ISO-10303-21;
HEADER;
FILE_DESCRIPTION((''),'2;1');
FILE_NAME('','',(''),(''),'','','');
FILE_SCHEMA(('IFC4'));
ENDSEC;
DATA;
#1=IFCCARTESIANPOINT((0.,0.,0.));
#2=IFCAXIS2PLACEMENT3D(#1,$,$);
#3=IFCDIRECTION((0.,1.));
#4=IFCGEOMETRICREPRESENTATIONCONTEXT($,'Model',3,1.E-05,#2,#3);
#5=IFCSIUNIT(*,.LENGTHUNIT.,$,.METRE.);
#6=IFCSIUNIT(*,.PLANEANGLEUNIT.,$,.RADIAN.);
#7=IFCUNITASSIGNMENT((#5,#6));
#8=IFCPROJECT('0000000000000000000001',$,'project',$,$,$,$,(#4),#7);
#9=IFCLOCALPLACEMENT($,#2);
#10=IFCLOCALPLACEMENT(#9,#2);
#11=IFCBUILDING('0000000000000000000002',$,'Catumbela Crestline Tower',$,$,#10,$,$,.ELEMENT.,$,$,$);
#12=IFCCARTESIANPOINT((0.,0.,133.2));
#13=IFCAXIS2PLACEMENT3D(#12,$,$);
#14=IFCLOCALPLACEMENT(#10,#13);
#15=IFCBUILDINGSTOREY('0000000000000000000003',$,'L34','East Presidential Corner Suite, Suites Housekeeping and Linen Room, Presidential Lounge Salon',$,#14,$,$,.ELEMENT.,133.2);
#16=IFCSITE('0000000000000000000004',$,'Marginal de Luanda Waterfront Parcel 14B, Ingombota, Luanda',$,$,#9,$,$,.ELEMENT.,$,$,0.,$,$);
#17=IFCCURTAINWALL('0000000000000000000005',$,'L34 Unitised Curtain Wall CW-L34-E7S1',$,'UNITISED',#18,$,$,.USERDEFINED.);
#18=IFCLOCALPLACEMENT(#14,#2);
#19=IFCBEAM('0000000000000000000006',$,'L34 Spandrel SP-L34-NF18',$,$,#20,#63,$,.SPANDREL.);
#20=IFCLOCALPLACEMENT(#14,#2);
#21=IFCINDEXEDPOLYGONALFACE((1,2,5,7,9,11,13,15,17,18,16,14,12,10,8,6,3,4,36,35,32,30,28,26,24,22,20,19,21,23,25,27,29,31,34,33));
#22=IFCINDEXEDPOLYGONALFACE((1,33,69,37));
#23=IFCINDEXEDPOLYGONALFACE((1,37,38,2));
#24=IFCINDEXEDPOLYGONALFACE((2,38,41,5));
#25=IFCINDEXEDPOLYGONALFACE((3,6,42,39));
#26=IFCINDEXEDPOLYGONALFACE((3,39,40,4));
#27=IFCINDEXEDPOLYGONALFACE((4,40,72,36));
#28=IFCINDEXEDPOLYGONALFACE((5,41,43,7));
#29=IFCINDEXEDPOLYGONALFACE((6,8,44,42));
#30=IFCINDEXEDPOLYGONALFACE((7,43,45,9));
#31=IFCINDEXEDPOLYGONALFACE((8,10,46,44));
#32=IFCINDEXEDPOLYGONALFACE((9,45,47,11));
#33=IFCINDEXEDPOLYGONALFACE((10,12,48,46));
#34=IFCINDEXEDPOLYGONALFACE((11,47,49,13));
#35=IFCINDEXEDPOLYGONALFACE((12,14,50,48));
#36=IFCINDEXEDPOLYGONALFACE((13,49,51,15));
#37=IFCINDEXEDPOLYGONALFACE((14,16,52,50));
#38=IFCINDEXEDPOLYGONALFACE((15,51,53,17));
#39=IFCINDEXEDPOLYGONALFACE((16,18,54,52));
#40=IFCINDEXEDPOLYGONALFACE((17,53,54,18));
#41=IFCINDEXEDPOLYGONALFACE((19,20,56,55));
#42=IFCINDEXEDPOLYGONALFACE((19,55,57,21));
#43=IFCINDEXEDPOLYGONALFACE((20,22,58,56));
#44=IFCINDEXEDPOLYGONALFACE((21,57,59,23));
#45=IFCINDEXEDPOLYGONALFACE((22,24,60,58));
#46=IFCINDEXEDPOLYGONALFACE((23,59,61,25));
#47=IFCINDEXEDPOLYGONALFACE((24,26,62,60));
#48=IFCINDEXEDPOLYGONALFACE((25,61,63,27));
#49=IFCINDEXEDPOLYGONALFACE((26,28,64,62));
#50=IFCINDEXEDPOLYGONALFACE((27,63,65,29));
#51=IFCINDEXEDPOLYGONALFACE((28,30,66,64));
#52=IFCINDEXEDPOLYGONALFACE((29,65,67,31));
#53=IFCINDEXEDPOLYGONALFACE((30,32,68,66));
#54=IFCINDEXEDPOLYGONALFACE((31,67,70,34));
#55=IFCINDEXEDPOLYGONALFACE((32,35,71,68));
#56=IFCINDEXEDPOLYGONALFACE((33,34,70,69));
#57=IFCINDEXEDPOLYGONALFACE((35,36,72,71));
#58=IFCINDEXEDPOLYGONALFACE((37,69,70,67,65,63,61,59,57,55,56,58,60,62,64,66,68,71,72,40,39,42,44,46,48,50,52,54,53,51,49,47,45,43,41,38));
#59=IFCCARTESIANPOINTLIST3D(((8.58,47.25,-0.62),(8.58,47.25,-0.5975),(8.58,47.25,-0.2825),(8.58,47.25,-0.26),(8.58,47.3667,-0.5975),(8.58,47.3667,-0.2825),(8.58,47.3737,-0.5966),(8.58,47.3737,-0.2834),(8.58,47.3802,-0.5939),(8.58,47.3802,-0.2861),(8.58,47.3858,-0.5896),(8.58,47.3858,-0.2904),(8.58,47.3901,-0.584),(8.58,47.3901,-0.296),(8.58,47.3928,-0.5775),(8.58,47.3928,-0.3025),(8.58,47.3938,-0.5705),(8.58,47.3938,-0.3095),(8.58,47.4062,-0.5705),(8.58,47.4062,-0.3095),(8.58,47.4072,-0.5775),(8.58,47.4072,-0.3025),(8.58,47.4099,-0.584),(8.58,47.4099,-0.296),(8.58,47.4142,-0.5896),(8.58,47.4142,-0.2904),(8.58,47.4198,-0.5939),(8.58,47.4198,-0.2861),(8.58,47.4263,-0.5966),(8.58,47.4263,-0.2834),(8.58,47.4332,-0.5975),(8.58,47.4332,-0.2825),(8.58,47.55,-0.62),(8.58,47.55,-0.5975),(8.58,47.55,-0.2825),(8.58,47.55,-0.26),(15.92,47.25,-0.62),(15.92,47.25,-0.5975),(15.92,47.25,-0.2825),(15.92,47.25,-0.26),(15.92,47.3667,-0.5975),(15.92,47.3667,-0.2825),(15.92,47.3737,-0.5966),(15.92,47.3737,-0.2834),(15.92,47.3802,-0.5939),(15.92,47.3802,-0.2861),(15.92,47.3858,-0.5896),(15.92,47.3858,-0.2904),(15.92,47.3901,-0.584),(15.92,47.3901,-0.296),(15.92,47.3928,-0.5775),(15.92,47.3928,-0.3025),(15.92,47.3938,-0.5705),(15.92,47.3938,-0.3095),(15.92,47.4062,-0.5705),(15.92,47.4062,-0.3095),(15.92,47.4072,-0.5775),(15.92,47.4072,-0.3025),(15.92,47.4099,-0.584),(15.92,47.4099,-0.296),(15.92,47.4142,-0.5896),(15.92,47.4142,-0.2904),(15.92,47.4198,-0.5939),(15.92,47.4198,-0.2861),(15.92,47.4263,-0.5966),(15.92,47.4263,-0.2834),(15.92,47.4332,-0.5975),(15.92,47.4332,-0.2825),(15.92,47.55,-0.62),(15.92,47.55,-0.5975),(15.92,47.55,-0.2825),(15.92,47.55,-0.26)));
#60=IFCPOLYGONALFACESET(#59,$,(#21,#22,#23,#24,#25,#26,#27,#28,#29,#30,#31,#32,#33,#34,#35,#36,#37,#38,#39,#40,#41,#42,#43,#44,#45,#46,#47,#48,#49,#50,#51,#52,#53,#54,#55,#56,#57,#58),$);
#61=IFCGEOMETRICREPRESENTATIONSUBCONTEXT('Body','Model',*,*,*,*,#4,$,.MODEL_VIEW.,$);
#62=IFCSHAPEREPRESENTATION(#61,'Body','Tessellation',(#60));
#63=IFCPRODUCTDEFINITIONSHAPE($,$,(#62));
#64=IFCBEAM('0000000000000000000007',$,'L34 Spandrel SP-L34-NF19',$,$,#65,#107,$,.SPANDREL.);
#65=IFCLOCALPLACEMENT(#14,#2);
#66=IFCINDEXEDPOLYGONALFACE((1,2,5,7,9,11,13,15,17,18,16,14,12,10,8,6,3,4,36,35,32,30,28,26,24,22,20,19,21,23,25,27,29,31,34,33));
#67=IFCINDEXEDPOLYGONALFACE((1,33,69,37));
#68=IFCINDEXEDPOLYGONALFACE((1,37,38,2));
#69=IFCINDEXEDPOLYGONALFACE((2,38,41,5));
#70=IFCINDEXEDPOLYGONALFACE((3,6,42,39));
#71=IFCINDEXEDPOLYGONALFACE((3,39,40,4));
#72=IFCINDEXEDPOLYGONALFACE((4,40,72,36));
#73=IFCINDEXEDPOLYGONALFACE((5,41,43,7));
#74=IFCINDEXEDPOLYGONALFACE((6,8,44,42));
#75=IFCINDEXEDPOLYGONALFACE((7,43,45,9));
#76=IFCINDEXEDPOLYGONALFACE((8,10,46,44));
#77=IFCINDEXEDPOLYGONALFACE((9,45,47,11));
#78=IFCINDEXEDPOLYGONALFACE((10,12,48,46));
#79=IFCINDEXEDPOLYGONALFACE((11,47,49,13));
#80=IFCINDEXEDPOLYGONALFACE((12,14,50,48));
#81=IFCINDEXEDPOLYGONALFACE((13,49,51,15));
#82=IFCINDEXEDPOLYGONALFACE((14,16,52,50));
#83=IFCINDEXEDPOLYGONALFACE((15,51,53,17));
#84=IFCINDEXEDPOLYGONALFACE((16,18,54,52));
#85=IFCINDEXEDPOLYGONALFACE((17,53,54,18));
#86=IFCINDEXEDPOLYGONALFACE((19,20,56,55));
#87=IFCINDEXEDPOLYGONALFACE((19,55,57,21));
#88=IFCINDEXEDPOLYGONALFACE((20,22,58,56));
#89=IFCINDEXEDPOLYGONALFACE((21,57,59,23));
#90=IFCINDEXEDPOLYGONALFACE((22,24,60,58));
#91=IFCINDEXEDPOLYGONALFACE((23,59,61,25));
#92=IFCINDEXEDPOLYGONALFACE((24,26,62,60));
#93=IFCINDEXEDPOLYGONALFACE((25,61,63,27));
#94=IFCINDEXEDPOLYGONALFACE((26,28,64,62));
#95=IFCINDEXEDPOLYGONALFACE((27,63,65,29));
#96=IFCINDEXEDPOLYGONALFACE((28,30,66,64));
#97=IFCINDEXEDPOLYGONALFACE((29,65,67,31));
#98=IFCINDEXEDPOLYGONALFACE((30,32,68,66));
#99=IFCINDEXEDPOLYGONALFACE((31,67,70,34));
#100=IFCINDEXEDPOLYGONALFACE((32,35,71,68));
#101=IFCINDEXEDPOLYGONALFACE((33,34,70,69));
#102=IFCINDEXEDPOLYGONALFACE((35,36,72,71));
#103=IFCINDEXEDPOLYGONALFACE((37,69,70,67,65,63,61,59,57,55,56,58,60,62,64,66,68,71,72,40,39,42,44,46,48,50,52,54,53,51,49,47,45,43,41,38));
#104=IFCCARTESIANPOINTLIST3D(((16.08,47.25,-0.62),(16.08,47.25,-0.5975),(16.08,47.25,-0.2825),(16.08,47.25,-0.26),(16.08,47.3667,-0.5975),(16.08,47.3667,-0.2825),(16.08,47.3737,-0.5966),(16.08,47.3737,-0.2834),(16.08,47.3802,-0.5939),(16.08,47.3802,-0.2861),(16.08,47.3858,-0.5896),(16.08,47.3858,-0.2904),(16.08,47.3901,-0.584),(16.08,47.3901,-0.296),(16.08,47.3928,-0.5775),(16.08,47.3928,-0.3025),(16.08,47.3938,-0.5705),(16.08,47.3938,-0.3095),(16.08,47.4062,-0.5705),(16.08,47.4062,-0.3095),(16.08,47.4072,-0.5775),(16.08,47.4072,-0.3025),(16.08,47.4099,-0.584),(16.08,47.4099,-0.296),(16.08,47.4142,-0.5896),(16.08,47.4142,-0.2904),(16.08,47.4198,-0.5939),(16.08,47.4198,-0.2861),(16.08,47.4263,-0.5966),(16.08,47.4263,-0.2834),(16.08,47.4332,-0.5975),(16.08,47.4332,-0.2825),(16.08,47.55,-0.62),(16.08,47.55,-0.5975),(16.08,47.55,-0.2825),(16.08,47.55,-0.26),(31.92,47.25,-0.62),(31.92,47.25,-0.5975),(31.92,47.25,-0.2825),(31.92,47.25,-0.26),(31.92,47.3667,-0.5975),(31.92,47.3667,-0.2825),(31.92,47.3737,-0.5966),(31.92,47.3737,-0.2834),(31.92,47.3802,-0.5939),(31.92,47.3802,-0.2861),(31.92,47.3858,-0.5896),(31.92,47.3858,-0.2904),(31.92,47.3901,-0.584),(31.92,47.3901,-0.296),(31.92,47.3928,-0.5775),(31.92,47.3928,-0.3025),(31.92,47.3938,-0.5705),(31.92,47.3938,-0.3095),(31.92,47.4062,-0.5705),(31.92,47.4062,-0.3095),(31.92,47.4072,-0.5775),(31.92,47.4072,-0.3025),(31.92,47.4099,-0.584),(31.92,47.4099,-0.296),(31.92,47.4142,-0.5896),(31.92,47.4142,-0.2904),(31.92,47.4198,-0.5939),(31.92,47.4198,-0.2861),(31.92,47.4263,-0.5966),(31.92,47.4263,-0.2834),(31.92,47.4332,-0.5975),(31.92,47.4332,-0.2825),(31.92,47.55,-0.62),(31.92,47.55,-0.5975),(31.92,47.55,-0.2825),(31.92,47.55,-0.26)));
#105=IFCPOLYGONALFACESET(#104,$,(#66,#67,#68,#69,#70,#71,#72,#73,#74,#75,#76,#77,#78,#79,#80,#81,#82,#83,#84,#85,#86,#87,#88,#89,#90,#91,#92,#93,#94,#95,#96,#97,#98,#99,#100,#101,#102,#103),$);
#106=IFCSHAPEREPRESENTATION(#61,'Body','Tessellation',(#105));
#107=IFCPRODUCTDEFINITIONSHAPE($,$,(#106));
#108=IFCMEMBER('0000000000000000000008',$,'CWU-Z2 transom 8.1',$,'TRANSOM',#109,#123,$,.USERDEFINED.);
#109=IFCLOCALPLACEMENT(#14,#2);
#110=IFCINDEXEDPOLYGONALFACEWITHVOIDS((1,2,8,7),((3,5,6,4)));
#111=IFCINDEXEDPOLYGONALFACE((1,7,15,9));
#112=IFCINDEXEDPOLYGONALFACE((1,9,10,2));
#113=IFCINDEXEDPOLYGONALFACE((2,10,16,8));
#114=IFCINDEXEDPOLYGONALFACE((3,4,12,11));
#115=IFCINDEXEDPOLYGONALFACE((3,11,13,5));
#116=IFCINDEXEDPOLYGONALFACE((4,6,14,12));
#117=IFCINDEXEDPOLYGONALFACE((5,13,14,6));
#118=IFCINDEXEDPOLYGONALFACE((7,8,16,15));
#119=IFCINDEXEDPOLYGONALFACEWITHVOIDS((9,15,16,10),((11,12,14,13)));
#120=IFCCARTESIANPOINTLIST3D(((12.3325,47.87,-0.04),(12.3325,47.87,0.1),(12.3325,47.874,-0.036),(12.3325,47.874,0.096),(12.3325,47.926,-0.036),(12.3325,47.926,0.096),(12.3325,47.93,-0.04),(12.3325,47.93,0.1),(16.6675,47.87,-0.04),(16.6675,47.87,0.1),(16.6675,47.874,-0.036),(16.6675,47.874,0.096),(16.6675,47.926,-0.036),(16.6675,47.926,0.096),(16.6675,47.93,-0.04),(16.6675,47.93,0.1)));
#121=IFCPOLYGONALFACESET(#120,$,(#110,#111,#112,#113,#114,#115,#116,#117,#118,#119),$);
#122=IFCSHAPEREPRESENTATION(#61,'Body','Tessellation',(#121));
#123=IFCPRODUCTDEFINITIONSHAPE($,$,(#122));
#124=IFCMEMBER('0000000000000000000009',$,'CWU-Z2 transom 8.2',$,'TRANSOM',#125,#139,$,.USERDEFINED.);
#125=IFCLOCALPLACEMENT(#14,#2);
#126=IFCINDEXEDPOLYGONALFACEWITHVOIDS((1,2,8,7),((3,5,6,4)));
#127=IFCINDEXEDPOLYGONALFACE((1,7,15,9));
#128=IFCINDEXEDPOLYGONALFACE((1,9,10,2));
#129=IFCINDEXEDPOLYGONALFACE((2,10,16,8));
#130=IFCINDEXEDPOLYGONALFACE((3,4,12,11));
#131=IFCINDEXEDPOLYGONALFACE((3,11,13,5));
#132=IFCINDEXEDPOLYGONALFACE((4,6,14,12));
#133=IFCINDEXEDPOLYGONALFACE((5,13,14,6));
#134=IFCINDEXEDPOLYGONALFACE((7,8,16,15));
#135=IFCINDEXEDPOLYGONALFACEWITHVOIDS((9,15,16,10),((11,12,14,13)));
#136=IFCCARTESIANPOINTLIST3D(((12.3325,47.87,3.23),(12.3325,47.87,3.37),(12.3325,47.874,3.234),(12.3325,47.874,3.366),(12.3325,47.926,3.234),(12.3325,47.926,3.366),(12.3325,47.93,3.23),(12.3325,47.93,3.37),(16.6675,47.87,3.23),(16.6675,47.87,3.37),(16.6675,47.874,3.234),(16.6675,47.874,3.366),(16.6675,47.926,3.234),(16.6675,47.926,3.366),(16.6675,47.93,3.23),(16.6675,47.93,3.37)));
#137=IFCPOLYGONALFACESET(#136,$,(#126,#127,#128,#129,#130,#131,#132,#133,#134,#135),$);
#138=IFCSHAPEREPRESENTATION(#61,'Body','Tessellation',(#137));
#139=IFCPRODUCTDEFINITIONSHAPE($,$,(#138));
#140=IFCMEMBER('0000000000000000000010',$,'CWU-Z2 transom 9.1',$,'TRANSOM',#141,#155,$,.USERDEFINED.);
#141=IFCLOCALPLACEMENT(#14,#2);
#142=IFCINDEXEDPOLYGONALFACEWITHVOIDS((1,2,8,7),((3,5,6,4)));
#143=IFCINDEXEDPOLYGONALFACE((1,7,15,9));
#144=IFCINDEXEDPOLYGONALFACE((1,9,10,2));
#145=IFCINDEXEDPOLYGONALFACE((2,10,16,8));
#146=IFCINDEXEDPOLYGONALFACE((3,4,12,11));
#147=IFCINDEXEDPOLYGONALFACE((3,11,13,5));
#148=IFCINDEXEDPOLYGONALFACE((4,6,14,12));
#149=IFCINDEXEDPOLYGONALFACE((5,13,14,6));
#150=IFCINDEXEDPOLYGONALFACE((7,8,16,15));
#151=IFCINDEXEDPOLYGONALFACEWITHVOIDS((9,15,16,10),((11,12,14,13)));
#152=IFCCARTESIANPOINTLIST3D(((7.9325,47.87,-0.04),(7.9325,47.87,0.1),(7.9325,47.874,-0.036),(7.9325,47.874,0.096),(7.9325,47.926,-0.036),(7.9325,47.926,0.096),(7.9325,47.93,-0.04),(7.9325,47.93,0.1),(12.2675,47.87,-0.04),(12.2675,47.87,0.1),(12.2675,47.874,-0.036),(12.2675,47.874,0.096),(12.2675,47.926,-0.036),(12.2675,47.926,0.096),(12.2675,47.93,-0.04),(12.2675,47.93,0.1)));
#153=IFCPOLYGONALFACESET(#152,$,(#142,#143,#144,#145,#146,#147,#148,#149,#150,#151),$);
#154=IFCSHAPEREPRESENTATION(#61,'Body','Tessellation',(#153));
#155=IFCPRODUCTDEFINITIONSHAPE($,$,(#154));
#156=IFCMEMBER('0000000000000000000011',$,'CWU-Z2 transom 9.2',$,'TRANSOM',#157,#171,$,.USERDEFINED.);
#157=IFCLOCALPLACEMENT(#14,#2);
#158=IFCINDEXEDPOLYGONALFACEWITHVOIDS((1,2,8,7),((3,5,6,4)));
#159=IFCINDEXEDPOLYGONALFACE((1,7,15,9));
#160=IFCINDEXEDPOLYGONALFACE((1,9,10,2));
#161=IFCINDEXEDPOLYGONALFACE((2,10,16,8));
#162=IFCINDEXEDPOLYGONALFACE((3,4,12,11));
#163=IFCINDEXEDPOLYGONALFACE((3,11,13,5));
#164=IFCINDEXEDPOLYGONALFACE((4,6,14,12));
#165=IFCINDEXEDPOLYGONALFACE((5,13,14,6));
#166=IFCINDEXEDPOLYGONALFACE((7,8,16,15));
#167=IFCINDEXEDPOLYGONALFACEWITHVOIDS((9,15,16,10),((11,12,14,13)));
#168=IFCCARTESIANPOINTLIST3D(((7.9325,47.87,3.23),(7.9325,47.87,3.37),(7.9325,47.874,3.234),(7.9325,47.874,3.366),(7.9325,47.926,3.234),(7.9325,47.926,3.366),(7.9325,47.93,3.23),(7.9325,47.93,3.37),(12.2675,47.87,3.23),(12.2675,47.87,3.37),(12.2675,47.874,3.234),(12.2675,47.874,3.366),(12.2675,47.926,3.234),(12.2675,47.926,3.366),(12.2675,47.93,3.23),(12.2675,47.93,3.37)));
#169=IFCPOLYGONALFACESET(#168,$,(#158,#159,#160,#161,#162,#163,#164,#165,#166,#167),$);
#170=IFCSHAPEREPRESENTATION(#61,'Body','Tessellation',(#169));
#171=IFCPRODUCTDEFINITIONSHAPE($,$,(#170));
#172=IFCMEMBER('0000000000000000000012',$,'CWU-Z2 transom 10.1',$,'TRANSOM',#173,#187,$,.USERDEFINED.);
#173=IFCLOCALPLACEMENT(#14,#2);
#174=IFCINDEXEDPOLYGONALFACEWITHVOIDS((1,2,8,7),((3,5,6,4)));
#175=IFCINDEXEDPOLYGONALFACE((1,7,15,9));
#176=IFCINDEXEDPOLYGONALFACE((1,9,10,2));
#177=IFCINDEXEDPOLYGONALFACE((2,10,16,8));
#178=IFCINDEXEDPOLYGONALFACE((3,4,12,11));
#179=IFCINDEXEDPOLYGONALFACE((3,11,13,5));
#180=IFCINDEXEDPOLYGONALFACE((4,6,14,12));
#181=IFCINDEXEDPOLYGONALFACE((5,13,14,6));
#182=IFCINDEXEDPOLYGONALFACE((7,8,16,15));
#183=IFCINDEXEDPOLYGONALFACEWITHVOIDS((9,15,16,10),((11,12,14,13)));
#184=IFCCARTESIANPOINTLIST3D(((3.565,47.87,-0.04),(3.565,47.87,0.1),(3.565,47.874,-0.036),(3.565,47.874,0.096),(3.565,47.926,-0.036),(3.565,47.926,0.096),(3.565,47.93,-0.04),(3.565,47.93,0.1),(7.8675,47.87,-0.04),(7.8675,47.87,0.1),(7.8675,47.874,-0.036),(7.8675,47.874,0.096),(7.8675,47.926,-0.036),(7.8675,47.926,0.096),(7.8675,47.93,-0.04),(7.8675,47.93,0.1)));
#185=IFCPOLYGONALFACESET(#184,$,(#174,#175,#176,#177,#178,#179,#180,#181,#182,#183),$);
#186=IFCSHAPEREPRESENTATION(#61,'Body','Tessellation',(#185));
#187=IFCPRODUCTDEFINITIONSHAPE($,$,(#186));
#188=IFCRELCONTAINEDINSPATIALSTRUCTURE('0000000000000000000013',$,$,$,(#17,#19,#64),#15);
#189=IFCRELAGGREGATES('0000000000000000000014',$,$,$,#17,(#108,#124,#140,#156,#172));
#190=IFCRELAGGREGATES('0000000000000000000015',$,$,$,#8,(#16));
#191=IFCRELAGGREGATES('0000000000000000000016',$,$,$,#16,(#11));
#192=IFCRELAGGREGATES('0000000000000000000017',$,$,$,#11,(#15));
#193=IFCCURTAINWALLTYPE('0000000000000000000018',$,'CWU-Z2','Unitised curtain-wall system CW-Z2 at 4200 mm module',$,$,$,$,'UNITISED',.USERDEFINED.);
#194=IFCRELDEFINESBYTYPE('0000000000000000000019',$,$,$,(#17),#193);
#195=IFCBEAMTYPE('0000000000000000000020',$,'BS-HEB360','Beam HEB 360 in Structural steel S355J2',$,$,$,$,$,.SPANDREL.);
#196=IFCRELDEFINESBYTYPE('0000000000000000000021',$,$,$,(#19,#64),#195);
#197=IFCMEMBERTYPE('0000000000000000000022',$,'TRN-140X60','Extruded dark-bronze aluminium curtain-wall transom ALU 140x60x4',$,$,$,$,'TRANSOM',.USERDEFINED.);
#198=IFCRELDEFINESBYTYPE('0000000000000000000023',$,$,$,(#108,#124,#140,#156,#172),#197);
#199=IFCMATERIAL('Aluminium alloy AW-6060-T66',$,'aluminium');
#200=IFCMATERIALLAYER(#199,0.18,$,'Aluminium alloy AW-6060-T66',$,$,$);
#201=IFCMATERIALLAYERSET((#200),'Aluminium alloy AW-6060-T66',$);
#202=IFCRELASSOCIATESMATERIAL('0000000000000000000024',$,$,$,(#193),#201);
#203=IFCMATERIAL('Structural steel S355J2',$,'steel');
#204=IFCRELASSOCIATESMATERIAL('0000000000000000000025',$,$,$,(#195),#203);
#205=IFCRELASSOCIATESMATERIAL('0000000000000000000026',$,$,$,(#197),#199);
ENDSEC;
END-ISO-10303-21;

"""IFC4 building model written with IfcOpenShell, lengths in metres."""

from ifc_helpers import new_model, si_unit, direction, frame, origin, origin_2d, place, context, subcontext, project, spatial, hollow_rectangle, i_section, extrude, material, layer, layer_set, material_profile, profile_set, type_object, element, aggregate, save


model = new_model("IFC4")

# Units and contexts
model_context = context("Model", 3, precision=1e-05, world=origin(), true_north=direction((0.0, 1.0)))
body_context = subcontext(model_context, "Body", "Model", "MODEL_VIEW")
ifc_project = project(units=[si_unit("LENGTHUNIT", "METRE"), si_unit("PLANEANGLEUNIT", "RADIAN")], contexts=[model_context])

# Site, building, storey
site_placement = place(None, origin())
site = spatial("IfcSite", under=ifc_project, at=site_placement, Name="Marginal de Luanda Waterfront Parcel 14B, Ingombota, Luanda", CompositionType="ELEMENT", RefElevation=0.0)
building_placement = place(site_placement, origin())
building = spatial("IfcBuilding", under=site, at=building_placement, Name="Catumbela Crestline Tower", CompositionType="ELEMENT")
storey_placement = place(building_placement, frame((0.0, 0.0, 133.2)))
storey = spatial("IfcBuildingStorey", under=building, at=storey_placement, Name="L34", Description="East Presidential Corner Suite, Suites Housekeeping and Linen Room, Presidential Lounge Salon", CompositionType="ELEMENT", Elevation=133.2)

# Curtain wall
ifc_material_1 = material(Name="Aluminium alloy AW-6060-T66", Category="aluminium")
ifc_layer_1 = layer(ifc_material_1, 0.18, Name="Aluminium alloy AW-6060-T66")
ifc_layer_set_1 = layer_set([ifc_layer_1], Name="Aluminium alloy AW-6060-T66")
curtain_wall_type = type_object("IfcCurtainWallType", Name="CWU-Z2", Description="Unitised curtain-wall system CW-Z2 at 4200 mm module", ElementType="UNITISED", PredefinedType="USERDEFINED", material=ifc_layer_set_1)
curtain_wall_placement = place(storey_placement, origin())
curtain_wall = element("IfcCurtainWall", 1, at=curtain_wall_placement, inside=storey, type_object=curtain_wall_type, Name="L34 Unitised Curtain Wall CW-L34-E7S1", ObjectType="UNITISED", PredefinedType="USERDEFINED")

# Beams
ifc_material_2 = material(Name="Structural steel S355J2", Category="steel")
ifc_material_profile_1 = material_profile(ifc_material_2, i_section(OverallWidth=0.3, OverallDepth=0.36, WebThickness=0.0125, FlangeThickness=0.0225, FilletRadius=0.027, at=origin_2d()), Name="HEB 360")
ifc_profile_set_1 = profile_set([ifc_material_profile_1], Name="Structural steel S355J2")
beam_type = type_object("IfcBeamType", Name="BS-HEB360", Description="Beam HEB 360 in Structural steel S355J2", PredefinedType="SPANDREL", material=ifc_profile_set_1)
beam_1_placement = place(storey_placement, frame((8.58, 47.4, -0.44), z_axis=(1.0, 0.0, 0.0), x_axis=(0.0, 1.0, 0.0)))
element("IfcBeam", 2, at=beam_1_placement, inside=storey, type_object=beam_type, Name="L34 Spandrel SP-L34-NF18", PredefinedType="SPANDREL", context=body_context, shape_type="SweptSolid", body=[
    extrude(i_section(OverallWidth=0.3, OverallDepth=0.36, WebThickness=0.0125, FlangeThickness=0.0225, FilletRadius=0.027, at=origin_2d()), origin(), (0.0, 0.0, 1.0), 7.34),
])
beam_2_placement = place(storey_placement, frame((16.08, 47.4, -0.44), z_axis=(1.0, 0.0, 0.0), x_axis=(0.0, 1.0, 0.0)))
element("IfcBeam", 3, at=beam_2_placement, inside=storey, type_object=beam_type, Name="L34 Spandrel SP-L34-NF19", PredefinedType="SPANDREL", context=body_context, shape_type="SweptSolid", body=[
    extrude(i_section(OverallWidth=0.3, OverallDepth=0.36, WebThickness=0.0125, FlangeThickness=0.0225, FilletRadius=0.027, at=origin_2d()), origin(), (0.0, 0.0, 1.0), 15.84),
])

# Members
ifc_material_profile_2 = material_profile(ifc_material_1, hollow_rectangle(XDim=0.06, YDim=0.14, WallThickness=0.004, at=origin_2d()), Name="ALU 140x60x4")
ifc_profile_set_2 = profile_set([ifc_material_profile_2], Name="Aluminium alloy AW-6060-T66")
member_type_1 = type_object("IfcMemberType", Name="TRN-140X60", Description="Extruded dark-bronze aluminium curtain-wall transom ALU 140x60x4", ElementType="TRANSOM", PredefinedType="USERDEFINED", material=ifc_profile_set_2)
member_1_placement = place(storey_placement, frame((16.6675, 47.9, 0.03), z_axis=(-1.0, 0.0, 0.0), x_axis=(0.0, -1.0, 0.0)))
member_1 = element("IfcMember", 4, at=member_1_placement, type_object=member_type_1, Name="CWU-Z2 transom 8.1", ObjectType="TRANSOM", PredefinedType="USERDEFINED", context=body_context, shape_type="SweptSolid", body=[
    extrude(hollow_rectangle(XDim=0.06, YDim=0.14, WallThickness=0.004, at=origin_2d()), origin(), (0.0, 0.0, 1.0), 4.335),
])
member_2_placement = place(storey_placement, frame((16.6675, 47.9, 3.3), z_axis=(-1.0, 0.0, 0.0), x_axis=(0.0, -1.0, 0.0)))
member_2 = element("IfcMember", 5, at=member_2_placement, type_object=member_type_1, Name="CWU-Z2 transom 8.2", ObjectType="TRANSOM", PredefinedType="USERDEFINED", context=body_context, shape_type="SweptSolid", body=[
    extrude(hollow_rectangle(XDim=0.06, YDim=0.14, WallThickness=0.004, at=origin_2d()), origin(), (0.0, 0.0, 1.0), 4.335),
])
member_3_placement = place(storey_placement, frame((12.2675, 47.9, 0.03), z_axis=(-1.0, 0.0, 0.0), x_axis=(0.0, -1.0, 0.0)))
member_3 = element("IfcMember", 6, at=member_3_placement, type_object=member_type_1, Name="CWU-Z2 transom 9.1", ObjectType="TRANSOM", PredefinedType="USERDEFINED", context=body_context, shape_type="SweptSolid", body=[
    extrude(hollow_rectangle(XDim=0.06, YDim=0.14, WallThickness=0.004, at=origin_2d()), origin(), (0.0, 0.0, 1.0), 4.335),
])
member_4_placement = place(storey_placement, frame((12.2675, 47.9, 3.3), z_axis=(-1.0, 0.0, 0.0), x_axis=(0.0, -1.0, 0.0)))
member_4 = element("IfcMember", 7, at=member_4_placement, type_object=member_type_1, Name="CWU-Z2 transom 9.2", ObjectType="TRANSOM", PredefinedType="USERDEFINED", context=body_context, shape_type="SweptSolid", body=[
    extrude(hollow_rectangle(XDim=0.06, YDim=0.14, WallThickness=0.004, at=origin_2d()), origin(), (0.0, 0.0, 1.0), 4.335),
])
member_5_placement = place(storey_placement, frame((7.8675, 47.9, 0.03), z_axis=(-1.0, 0.0, 0.0), x_axis=(0.0, -1.0, 0.0)))
member_5 = element("IfcMember", 8, at=member_5_placement, type_object=member_type_1, Name="CWU-Z2 transom 10.1", ObjectType="TRANSOM", PredefinedType="USERDEFINED", context=body_context, shape_type="SweptSolid", body=[
    extrude(hollow_rectangle(XDim=0.06, YDim=0.14, WallThickness=0.004, at=origin_2d()), origin(), (0.0, 0.0, 1.0), 4.3025),
])

aggregate(curtain_wall, [member_1, member_2, member_3, member_4, member_5])

save(model, "model.ifc")
